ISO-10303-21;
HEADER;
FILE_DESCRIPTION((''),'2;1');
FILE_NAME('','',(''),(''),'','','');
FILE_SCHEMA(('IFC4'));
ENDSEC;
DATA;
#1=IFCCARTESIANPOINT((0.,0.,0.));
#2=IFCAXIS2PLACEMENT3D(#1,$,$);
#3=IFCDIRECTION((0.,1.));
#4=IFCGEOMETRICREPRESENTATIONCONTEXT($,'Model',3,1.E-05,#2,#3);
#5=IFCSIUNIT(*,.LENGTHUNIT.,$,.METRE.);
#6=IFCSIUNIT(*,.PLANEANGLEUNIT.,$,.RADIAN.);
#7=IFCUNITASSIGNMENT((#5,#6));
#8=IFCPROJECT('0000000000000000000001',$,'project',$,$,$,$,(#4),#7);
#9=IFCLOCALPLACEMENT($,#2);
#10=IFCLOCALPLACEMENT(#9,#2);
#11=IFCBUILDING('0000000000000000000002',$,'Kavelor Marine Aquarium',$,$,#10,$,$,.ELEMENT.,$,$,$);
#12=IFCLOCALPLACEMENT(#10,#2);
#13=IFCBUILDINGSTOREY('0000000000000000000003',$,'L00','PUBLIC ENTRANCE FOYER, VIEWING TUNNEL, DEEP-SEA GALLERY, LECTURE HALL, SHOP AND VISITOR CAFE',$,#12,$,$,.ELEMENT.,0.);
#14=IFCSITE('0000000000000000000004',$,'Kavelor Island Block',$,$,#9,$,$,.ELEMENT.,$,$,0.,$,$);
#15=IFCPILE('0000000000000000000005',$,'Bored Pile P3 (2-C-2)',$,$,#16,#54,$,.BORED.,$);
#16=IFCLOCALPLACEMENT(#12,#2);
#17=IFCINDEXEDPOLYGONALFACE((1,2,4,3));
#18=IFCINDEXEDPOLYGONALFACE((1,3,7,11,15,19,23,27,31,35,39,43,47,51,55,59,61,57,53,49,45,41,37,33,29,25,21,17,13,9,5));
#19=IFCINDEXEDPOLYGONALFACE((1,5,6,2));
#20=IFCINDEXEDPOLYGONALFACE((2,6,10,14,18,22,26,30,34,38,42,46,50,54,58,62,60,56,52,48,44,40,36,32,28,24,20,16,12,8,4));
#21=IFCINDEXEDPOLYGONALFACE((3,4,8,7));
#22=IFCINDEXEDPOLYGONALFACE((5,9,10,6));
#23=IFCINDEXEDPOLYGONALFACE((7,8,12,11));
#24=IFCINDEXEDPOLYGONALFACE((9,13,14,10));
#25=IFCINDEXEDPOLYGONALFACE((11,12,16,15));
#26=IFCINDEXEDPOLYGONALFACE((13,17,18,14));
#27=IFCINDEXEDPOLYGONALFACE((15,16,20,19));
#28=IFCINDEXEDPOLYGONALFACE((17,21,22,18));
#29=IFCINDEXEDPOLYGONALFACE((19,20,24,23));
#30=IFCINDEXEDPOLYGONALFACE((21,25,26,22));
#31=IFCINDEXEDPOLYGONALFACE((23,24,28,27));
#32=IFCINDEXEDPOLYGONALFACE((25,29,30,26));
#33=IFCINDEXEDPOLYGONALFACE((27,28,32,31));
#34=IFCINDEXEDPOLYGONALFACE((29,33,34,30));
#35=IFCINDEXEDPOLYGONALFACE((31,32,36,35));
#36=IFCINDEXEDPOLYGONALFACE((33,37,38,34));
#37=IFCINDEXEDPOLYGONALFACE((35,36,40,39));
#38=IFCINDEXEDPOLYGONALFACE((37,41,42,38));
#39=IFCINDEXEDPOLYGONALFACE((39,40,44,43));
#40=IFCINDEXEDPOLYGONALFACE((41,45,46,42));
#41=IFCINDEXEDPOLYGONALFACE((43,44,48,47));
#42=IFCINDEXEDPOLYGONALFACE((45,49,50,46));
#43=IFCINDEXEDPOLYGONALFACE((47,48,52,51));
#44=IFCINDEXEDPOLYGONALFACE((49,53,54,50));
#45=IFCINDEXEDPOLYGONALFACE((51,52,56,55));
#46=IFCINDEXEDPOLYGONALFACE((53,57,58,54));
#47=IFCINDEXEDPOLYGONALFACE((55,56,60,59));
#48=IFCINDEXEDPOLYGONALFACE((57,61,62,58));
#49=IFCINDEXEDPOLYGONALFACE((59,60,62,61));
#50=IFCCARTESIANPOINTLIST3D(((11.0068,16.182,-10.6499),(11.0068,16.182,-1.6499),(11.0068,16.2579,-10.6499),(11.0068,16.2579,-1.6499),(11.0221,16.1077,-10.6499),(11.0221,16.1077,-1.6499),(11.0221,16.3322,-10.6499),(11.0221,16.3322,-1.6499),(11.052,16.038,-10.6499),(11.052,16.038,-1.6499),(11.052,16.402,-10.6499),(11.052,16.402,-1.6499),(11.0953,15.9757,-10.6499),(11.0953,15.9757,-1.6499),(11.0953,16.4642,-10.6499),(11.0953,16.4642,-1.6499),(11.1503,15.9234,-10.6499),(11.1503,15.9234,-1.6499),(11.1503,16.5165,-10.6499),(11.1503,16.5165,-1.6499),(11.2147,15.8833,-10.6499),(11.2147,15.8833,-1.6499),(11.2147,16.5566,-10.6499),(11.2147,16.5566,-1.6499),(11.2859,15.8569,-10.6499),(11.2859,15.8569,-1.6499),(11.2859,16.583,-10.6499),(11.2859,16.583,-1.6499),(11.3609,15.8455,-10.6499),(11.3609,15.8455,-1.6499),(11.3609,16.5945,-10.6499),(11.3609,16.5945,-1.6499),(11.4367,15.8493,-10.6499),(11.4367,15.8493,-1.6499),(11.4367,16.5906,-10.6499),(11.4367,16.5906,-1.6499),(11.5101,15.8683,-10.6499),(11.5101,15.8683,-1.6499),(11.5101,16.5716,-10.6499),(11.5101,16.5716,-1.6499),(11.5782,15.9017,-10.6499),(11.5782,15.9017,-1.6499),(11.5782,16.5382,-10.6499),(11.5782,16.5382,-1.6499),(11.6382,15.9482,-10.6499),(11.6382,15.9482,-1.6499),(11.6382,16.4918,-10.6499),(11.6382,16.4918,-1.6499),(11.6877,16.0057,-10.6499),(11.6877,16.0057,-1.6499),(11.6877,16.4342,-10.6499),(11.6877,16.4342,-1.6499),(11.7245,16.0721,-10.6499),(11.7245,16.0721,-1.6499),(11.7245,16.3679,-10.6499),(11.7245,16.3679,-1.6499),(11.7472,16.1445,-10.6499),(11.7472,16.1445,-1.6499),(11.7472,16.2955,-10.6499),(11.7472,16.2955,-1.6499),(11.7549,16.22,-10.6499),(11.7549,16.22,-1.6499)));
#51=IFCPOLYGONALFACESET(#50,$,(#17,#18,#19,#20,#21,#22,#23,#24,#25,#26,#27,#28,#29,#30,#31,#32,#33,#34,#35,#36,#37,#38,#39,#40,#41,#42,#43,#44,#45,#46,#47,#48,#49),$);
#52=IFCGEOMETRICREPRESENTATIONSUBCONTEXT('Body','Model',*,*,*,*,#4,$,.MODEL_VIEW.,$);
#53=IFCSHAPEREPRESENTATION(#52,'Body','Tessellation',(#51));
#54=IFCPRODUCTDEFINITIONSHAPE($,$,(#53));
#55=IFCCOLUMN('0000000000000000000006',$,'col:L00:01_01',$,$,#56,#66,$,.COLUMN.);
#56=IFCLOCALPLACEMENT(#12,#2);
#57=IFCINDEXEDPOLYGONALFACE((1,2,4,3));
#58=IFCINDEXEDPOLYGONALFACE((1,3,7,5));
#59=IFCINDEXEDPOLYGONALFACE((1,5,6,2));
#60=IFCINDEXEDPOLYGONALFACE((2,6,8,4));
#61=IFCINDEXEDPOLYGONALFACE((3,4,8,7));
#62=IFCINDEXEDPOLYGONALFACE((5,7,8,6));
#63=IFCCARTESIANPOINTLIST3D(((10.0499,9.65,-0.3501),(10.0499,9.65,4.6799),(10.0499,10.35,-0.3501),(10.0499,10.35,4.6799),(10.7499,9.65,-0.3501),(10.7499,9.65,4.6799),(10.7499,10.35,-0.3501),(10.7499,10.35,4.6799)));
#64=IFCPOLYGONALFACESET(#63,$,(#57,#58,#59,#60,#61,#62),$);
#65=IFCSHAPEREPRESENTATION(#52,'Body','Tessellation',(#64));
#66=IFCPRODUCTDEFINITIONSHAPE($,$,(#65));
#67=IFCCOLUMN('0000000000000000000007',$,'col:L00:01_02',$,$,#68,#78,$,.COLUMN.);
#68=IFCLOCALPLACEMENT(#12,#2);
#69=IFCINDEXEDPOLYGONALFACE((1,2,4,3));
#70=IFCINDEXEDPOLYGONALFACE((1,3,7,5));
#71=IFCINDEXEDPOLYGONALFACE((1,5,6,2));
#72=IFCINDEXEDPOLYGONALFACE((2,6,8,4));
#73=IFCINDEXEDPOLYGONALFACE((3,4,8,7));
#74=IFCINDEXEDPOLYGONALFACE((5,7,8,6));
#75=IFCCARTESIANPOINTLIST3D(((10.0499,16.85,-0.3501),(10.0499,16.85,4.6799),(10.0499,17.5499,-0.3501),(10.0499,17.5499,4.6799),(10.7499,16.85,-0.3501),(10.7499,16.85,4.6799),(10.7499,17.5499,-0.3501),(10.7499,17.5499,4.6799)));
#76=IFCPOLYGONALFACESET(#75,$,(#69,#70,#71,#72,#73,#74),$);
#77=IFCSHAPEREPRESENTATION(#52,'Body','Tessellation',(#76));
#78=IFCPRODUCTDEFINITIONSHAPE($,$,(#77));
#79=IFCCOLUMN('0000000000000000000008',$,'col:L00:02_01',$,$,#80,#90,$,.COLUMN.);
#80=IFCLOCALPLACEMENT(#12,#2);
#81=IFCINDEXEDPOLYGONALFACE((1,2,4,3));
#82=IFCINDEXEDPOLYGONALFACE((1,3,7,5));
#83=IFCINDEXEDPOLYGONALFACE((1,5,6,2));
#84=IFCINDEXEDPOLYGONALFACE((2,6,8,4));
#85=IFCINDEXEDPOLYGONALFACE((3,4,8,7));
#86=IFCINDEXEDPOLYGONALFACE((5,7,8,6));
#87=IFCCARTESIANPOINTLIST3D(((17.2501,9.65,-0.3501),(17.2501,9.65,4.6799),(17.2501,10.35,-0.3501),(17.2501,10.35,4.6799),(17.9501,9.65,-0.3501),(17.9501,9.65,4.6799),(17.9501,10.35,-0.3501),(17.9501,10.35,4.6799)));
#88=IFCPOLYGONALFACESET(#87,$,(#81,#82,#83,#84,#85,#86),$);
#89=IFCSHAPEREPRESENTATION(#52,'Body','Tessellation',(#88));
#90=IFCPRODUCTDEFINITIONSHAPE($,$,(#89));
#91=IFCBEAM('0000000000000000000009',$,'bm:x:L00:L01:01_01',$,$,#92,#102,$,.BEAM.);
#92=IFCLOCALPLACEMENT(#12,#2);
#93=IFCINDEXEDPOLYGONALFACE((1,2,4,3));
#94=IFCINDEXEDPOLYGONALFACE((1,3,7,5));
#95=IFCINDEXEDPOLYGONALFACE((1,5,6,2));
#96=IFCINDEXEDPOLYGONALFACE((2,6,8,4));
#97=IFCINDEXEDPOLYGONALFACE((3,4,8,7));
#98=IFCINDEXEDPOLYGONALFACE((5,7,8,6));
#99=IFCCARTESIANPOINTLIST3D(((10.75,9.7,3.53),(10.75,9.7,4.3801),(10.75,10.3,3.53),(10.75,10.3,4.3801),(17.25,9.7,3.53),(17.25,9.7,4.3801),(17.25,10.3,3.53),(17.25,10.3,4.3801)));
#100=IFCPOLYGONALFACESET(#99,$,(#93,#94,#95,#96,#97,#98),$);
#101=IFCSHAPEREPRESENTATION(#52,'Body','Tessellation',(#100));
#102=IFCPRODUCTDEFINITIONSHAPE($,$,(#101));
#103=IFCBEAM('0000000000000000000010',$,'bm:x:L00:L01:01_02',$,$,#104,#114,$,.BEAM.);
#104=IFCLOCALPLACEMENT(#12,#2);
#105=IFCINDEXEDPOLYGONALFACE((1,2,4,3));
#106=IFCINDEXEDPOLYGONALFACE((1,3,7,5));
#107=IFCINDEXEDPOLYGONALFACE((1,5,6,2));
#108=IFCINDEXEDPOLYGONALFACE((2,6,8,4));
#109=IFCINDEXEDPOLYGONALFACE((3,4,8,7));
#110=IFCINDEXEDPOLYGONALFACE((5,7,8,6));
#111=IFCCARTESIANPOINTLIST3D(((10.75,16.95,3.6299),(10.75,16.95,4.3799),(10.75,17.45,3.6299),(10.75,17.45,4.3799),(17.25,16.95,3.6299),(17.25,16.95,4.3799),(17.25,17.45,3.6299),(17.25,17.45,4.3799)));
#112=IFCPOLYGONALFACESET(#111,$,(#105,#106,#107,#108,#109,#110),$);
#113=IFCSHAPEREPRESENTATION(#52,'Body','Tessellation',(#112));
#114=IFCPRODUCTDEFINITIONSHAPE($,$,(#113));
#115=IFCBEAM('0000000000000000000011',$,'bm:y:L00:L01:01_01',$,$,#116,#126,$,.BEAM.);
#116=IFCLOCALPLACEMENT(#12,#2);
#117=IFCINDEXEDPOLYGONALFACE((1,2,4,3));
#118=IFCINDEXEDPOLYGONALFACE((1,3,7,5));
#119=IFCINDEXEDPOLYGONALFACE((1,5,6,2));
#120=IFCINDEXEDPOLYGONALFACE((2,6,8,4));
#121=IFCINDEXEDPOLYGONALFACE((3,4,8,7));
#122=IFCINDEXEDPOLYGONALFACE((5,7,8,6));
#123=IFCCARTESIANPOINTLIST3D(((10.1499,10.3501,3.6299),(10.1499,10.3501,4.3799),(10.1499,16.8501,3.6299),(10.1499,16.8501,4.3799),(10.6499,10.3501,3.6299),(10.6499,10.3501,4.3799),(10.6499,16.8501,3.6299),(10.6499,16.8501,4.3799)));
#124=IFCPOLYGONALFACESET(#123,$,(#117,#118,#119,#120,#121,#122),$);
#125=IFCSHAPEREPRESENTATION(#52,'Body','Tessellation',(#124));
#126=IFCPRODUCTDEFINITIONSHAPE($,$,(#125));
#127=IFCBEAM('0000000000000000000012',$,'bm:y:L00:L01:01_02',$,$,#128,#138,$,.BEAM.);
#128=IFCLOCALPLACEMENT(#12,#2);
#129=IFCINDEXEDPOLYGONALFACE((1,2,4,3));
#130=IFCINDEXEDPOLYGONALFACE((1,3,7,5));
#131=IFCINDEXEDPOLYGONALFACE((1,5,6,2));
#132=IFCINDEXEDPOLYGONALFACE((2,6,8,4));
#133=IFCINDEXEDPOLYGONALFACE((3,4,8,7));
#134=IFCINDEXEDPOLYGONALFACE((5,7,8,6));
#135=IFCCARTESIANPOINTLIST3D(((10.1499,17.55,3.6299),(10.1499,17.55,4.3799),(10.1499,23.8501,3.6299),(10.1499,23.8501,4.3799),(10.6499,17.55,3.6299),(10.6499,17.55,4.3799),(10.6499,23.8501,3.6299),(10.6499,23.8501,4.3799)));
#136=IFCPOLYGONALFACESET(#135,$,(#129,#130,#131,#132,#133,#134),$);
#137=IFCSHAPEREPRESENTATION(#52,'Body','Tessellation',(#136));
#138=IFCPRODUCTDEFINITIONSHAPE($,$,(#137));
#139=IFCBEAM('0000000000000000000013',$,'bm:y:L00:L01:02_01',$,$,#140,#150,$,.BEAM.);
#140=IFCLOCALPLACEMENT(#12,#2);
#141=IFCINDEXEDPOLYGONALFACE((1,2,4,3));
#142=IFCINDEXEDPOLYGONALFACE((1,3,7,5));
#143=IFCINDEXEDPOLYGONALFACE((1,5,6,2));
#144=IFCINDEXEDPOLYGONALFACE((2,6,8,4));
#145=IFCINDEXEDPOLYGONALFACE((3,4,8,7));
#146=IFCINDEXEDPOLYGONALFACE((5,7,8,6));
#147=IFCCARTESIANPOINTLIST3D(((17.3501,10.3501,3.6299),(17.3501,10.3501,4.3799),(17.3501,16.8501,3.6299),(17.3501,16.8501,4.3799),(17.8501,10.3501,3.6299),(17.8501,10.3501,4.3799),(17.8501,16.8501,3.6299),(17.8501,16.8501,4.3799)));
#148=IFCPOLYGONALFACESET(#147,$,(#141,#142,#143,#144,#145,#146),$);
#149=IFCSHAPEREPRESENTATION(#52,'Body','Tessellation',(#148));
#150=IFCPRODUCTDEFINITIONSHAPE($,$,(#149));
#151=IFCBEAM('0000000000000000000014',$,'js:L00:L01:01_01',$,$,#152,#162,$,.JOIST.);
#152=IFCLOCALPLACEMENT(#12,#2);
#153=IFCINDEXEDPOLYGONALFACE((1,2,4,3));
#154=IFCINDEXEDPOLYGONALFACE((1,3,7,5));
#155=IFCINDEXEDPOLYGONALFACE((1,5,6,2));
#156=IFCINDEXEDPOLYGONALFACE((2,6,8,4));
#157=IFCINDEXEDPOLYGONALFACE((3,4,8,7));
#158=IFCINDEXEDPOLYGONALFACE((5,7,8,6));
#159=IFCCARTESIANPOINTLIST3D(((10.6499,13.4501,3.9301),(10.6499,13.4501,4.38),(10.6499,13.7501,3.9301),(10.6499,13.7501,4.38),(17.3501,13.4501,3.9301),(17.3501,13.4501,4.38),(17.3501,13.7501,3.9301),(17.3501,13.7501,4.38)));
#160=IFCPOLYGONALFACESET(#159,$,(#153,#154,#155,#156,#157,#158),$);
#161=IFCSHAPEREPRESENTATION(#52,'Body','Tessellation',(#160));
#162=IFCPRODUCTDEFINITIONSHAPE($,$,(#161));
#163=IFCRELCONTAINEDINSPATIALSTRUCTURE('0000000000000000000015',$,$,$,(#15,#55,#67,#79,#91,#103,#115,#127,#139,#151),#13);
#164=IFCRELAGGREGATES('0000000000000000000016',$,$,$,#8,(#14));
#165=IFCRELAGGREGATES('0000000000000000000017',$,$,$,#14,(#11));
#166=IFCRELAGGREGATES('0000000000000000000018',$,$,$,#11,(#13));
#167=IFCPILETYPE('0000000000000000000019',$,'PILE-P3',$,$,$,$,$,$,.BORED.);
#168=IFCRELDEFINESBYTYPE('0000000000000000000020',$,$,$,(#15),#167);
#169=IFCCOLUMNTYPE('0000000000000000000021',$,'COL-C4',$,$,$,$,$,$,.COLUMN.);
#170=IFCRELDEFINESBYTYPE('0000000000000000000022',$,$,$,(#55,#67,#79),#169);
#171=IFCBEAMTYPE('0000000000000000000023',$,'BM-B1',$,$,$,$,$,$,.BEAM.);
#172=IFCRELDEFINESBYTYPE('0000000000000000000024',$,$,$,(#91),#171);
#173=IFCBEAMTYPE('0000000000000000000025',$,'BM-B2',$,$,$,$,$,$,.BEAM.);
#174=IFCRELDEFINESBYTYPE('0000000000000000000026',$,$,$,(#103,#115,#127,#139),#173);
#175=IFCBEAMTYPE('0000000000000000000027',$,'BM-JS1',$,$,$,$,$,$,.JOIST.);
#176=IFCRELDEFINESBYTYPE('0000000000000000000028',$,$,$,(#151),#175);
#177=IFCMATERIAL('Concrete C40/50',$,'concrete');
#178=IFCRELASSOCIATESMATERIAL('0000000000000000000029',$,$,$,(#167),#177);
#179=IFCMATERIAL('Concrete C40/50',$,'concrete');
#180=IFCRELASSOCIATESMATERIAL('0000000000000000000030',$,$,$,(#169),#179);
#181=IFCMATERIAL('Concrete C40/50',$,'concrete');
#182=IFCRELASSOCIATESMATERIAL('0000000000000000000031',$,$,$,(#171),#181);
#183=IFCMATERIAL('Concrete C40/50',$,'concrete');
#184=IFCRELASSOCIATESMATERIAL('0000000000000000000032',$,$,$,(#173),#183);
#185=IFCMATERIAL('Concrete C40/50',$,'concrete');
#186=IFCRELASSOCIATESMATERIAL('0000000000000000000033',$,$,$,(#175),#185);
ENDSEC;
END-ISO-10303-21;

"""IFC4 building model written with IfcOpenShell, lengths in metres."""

from ifc_helpers import new_model, si_unit, direction, frame, origin, origin_2d, place, context, subcontext, project, spatial, rectangle, circle, extrude, material, material_profile, profile_set, type_object, element, save


model = new_model("IFC4")

# Units and contexts
model_context = context("Model", 3, precision=1e-05, world=origin(), true_north=direction((0.0, 1.0)))
body_context = subcontext(model_context, "Body", "Model", "MODEL_VIEW")
ifc_project = project(units=[si_unit("LENGTHUNIT", "METRE"), si_unit("PLANEANGLEUNIT", "RADIAN")], contexts=[model_context])

# Site, building, storey
site_placement = place(None, origin())
site = spatial("IfcSite", under=ifc_project, at=site_placement, Name="Kavelor Island Block", CompositionType="ELEMENT", RefElevation=0.0)
building_placement = place(site_placement, origin())
building = spatial("IfcBuilding", under=site, at=building_placement, Name="Kavelor Marine Aquarium", CompositionType="ELEMENT")
storey_placement = place(building_placement, origin())
storey = spatial("IfcBuildingStorey", under=building, at=storey_placement, Name="L00", Description="PUBLIC ENTRANCE FOYER, VIEWING TUNNEL, DEEP-SEA GALLERY, LECTURE HALL, SHOP AND VISITOR CAFE", CompositionType="ELEMENT", Elevation=0.0)

# Pile
ifc_material_1 = material(Name="Concrete C40/50", Category="concrete")
ifc_material_profile_1 = material_profile(ifc_material_1, circle(Radius=0.375, at=origin_2d()), Name="PILE D750")
ifc_profile_set_1 = profile_set([ifc_material_profile_1], Name="Concrete C40/50")
pile_type_1 = type_object("IfcPileType", Name="PILE-P3", PredefinedType="BORED", material=ifc_profile_set_1)
for number, where, z_axis, x_axis, name in (
    (1, (11.3799, 16.22, -1.6499), (0.0, 0.0, -1.0), (1.0, 0.0, 0.0), "Bored Pile P3 (2-C-2)"),
):
    element("IfcPile", number, at=place(storey_placement, frame(where, z_axis=z_axis, x_axis=x_axis)), inside=storey, type_object=pile_type_1, Name=name, PredefinedType="BORED", context=body_context, shape_type="SweptSolid", body=[
        extrude(circle(Radius=0.375, at=origin_2d()), origin(), (0.0, 0.0, 1.0), 9.0),
    ])

# Columns
ifc_material_2 = material(Name="Concrete C40/50", Category="concrete")
ifc_material_profile_2 = material_profile(ifc_material_2, rectangle(XDim=0.7, YDim=0.7, at=origin_2d()), Name="RC-COL 700x700")
ifc_profile_set_2 = profile_set([ifc_material_profile_2], Name="Concrete C40/50")
column_type = type_object("IfcColumnType", Name="COL-C4", PredefinedType="COLUMN", material=ifc_profile_set_2)
for number, where, z_axis, x_axis, name in (
    (2, (10.3999, 10.0, -0.3501), (0.0, 0.0, 1.0), (1.0, 0.0, 0.0), "col:L00:01_01"),
    (3, (10.3999, 17.2, -0.3501), (0.0, 0.0, 1.0), (1.0, 0.0, 0.0), "col:L00:01_02"),
    (4, (17.6001, 10.0, -0.3501), (0.0, 0.0, 1.0), (1.0, 0.0, 0.0), "col:L00:02_01"),
):
    element("IfcColumn", number, at=place(storey_placement, frame(where, z_axis=z_axis, x_axis=x_axis)), inside=storey, type_object=column_type, Name=name, PredefinedType="COLUMN", context=body_context, shape_type="SweptSolid", body=[
        extrude(rectangle(XDim=0.7, YDim=0.7, at=origin_2d()), origin(), (0.0, 0.0, 1.0), 5.03),
    ])

# Beams
ifc_material_3 = material(Name="Concrete C40/50", Category="concrete")
ifc_material_profile_3 = material_profile(ifc_material_3, rectangle(XDim=0.6001, YDim=0.8501, at=origin_2d()), Name="RC-BM 600x850")
ifc_profile_set_3 = profile_set([ifc_material_profile_3], Name="Concrete C40/50")
beam_type_1 = type_object("IfcBeamType", Name="BM-B1", PredefinedType="BEAM", material=ifc_profile_set_3)
beam_1_placement = place(storey_placement, frame((10.75, 10.0, 3.9551), z_axis=(1.0, 0.0, 0.0), x_axis=(0.0, 1.0, 0.0)))
element("IfcBeam", 5, at=beam_1_placement, inside=storey, type_object=beam_type_1, Name="bm:x:L00:L01:01_01", PredefinedType="BEAM", context=body_context, shape_type="SweptSolid", body=[
    extrude(rectangle(XDim=0.6001, YDim=0.8501, at=origin_2d()), origin(), (0.0, 0.0, 1.0), 6.5),
])
ifc_material_4 = material(Name="Concrete C40/50", Category="concrete")
ifc_material_profile_4 = material_profile(ifc_material_4, rectangle(XDim=0.5, YDim=0.75, at=origin_2d()), Name="RC-BM 500x750")
ifc_profile_set_4 = profile_set([ifc_material_profile_4], Name="Concrete C40/50")
beam_type_2 = type_object("IfcBeamType", Name="BM-B2", PredefinedType="BEAM", material=ifc_profile_set_4)
for number, where, z_axis, x_axis, name in (
    (6, (10.75, 17.2, 4.0049), (1.0, 0.0, 0.0), (0.0, 1.0, 0.0), "bm:x:L00:L01:01_02"),
    (7, (10.3999, 10.3501, 4.0049), (0.0, 1.0, 0.0), (-1.0, 0.0, 0.0), "bm:y:L00:L01:01_01"),
):
    element("IfcBeam", number, at=place(storey_placement, frame(where, z_axis=z_axis, x_axis=x_axis)), inside=storey, type_object=beam_type_2, Name=name, PredefinedType="BEAM", context=body_context, shape_type="SweptSolid", body=[
        extrude(rectangle(XDim=0.5, YDim=0.75, at=origin_2d()), origin(), (0.0, 0.0, 1.0), 6.5),
    ])
beam_2_placement = place(storey_placement, frame((10.3999, 17.55, 4.0049), z_axis=(0.0, 1.0, 0.0), x_axis=(-1.0, 0.0, 0.0)))
element("IfcBeam", 8, at=beam_2_placement, inside=storey, type_object=beam_type_2, Name="bm:y:L00:L01:01_02", PredefinedType="BEAM", context=body_context, shape_type="SweptSolid", body=[
    extrude(rectangle(XDim=0.5, YDim=0.75, at=origin_2d()), origin(), (0.0, 0.0, 1.0), 6.3),
])
beam_3_placement = place(storey_placement, frame((17.6001, 10.3501, 4.0049), z_axis=(0.0, 1.0, 0.0), x_axis=(-1.0, 0.0, 0.0)))
element("IfcBeam", 9, at=beam_3_placement, inside=storey, type_object=beam_type_2, Name="bm:y:L00:L01:02_01", PredefinedType="BEAM", context=body_context, shape_type="SweptSolid", body=[
    extrude(rectangle(XDim=0.5, YDim=0.75, at=origin_2d()), origin(), (0.0, 0.0, 1.0), 6.5),
])
ifc_material_5 = material(Name="Concrete C40/50", Category="concrete")
ifc_material_profile_5 = material_profile(ifc_material_5, rectangle(XDim=0.3, YDim=0.45, at=origin_2d()), Name="RC-JS 300x450")
ifc_profile_set_5 = profile_set([ifc_material_profile_5], Name="Concrete C40/50")
beam_type_3 = type_object("IfcBeamType", Name="BM-JS1", PredefinedType="JOIST", material=ifc_profile_set_5)
beam_4_placement = place(storey_placement, frame((10.6499, 13.6001, 4.155), z_axis=(1.0, 0.0, 0.0), x_axis=(0.0, 1.0, 0.0)))
element("IfcBeam", 10, at=beam_4_placement, inside=storey, type_object=beam_type_3, Name="js:L00:L01:01_01", PredefinedType="JOIST", context=body_context, shape_type="SweptSolid", body=[
    extrude(rectangle(XDim=0.3, YDim=0.45, at=origin_2d()), origin(), (0.0, 0.0, 1.0), 6.7002),
])

save(model, "model.ifc")
